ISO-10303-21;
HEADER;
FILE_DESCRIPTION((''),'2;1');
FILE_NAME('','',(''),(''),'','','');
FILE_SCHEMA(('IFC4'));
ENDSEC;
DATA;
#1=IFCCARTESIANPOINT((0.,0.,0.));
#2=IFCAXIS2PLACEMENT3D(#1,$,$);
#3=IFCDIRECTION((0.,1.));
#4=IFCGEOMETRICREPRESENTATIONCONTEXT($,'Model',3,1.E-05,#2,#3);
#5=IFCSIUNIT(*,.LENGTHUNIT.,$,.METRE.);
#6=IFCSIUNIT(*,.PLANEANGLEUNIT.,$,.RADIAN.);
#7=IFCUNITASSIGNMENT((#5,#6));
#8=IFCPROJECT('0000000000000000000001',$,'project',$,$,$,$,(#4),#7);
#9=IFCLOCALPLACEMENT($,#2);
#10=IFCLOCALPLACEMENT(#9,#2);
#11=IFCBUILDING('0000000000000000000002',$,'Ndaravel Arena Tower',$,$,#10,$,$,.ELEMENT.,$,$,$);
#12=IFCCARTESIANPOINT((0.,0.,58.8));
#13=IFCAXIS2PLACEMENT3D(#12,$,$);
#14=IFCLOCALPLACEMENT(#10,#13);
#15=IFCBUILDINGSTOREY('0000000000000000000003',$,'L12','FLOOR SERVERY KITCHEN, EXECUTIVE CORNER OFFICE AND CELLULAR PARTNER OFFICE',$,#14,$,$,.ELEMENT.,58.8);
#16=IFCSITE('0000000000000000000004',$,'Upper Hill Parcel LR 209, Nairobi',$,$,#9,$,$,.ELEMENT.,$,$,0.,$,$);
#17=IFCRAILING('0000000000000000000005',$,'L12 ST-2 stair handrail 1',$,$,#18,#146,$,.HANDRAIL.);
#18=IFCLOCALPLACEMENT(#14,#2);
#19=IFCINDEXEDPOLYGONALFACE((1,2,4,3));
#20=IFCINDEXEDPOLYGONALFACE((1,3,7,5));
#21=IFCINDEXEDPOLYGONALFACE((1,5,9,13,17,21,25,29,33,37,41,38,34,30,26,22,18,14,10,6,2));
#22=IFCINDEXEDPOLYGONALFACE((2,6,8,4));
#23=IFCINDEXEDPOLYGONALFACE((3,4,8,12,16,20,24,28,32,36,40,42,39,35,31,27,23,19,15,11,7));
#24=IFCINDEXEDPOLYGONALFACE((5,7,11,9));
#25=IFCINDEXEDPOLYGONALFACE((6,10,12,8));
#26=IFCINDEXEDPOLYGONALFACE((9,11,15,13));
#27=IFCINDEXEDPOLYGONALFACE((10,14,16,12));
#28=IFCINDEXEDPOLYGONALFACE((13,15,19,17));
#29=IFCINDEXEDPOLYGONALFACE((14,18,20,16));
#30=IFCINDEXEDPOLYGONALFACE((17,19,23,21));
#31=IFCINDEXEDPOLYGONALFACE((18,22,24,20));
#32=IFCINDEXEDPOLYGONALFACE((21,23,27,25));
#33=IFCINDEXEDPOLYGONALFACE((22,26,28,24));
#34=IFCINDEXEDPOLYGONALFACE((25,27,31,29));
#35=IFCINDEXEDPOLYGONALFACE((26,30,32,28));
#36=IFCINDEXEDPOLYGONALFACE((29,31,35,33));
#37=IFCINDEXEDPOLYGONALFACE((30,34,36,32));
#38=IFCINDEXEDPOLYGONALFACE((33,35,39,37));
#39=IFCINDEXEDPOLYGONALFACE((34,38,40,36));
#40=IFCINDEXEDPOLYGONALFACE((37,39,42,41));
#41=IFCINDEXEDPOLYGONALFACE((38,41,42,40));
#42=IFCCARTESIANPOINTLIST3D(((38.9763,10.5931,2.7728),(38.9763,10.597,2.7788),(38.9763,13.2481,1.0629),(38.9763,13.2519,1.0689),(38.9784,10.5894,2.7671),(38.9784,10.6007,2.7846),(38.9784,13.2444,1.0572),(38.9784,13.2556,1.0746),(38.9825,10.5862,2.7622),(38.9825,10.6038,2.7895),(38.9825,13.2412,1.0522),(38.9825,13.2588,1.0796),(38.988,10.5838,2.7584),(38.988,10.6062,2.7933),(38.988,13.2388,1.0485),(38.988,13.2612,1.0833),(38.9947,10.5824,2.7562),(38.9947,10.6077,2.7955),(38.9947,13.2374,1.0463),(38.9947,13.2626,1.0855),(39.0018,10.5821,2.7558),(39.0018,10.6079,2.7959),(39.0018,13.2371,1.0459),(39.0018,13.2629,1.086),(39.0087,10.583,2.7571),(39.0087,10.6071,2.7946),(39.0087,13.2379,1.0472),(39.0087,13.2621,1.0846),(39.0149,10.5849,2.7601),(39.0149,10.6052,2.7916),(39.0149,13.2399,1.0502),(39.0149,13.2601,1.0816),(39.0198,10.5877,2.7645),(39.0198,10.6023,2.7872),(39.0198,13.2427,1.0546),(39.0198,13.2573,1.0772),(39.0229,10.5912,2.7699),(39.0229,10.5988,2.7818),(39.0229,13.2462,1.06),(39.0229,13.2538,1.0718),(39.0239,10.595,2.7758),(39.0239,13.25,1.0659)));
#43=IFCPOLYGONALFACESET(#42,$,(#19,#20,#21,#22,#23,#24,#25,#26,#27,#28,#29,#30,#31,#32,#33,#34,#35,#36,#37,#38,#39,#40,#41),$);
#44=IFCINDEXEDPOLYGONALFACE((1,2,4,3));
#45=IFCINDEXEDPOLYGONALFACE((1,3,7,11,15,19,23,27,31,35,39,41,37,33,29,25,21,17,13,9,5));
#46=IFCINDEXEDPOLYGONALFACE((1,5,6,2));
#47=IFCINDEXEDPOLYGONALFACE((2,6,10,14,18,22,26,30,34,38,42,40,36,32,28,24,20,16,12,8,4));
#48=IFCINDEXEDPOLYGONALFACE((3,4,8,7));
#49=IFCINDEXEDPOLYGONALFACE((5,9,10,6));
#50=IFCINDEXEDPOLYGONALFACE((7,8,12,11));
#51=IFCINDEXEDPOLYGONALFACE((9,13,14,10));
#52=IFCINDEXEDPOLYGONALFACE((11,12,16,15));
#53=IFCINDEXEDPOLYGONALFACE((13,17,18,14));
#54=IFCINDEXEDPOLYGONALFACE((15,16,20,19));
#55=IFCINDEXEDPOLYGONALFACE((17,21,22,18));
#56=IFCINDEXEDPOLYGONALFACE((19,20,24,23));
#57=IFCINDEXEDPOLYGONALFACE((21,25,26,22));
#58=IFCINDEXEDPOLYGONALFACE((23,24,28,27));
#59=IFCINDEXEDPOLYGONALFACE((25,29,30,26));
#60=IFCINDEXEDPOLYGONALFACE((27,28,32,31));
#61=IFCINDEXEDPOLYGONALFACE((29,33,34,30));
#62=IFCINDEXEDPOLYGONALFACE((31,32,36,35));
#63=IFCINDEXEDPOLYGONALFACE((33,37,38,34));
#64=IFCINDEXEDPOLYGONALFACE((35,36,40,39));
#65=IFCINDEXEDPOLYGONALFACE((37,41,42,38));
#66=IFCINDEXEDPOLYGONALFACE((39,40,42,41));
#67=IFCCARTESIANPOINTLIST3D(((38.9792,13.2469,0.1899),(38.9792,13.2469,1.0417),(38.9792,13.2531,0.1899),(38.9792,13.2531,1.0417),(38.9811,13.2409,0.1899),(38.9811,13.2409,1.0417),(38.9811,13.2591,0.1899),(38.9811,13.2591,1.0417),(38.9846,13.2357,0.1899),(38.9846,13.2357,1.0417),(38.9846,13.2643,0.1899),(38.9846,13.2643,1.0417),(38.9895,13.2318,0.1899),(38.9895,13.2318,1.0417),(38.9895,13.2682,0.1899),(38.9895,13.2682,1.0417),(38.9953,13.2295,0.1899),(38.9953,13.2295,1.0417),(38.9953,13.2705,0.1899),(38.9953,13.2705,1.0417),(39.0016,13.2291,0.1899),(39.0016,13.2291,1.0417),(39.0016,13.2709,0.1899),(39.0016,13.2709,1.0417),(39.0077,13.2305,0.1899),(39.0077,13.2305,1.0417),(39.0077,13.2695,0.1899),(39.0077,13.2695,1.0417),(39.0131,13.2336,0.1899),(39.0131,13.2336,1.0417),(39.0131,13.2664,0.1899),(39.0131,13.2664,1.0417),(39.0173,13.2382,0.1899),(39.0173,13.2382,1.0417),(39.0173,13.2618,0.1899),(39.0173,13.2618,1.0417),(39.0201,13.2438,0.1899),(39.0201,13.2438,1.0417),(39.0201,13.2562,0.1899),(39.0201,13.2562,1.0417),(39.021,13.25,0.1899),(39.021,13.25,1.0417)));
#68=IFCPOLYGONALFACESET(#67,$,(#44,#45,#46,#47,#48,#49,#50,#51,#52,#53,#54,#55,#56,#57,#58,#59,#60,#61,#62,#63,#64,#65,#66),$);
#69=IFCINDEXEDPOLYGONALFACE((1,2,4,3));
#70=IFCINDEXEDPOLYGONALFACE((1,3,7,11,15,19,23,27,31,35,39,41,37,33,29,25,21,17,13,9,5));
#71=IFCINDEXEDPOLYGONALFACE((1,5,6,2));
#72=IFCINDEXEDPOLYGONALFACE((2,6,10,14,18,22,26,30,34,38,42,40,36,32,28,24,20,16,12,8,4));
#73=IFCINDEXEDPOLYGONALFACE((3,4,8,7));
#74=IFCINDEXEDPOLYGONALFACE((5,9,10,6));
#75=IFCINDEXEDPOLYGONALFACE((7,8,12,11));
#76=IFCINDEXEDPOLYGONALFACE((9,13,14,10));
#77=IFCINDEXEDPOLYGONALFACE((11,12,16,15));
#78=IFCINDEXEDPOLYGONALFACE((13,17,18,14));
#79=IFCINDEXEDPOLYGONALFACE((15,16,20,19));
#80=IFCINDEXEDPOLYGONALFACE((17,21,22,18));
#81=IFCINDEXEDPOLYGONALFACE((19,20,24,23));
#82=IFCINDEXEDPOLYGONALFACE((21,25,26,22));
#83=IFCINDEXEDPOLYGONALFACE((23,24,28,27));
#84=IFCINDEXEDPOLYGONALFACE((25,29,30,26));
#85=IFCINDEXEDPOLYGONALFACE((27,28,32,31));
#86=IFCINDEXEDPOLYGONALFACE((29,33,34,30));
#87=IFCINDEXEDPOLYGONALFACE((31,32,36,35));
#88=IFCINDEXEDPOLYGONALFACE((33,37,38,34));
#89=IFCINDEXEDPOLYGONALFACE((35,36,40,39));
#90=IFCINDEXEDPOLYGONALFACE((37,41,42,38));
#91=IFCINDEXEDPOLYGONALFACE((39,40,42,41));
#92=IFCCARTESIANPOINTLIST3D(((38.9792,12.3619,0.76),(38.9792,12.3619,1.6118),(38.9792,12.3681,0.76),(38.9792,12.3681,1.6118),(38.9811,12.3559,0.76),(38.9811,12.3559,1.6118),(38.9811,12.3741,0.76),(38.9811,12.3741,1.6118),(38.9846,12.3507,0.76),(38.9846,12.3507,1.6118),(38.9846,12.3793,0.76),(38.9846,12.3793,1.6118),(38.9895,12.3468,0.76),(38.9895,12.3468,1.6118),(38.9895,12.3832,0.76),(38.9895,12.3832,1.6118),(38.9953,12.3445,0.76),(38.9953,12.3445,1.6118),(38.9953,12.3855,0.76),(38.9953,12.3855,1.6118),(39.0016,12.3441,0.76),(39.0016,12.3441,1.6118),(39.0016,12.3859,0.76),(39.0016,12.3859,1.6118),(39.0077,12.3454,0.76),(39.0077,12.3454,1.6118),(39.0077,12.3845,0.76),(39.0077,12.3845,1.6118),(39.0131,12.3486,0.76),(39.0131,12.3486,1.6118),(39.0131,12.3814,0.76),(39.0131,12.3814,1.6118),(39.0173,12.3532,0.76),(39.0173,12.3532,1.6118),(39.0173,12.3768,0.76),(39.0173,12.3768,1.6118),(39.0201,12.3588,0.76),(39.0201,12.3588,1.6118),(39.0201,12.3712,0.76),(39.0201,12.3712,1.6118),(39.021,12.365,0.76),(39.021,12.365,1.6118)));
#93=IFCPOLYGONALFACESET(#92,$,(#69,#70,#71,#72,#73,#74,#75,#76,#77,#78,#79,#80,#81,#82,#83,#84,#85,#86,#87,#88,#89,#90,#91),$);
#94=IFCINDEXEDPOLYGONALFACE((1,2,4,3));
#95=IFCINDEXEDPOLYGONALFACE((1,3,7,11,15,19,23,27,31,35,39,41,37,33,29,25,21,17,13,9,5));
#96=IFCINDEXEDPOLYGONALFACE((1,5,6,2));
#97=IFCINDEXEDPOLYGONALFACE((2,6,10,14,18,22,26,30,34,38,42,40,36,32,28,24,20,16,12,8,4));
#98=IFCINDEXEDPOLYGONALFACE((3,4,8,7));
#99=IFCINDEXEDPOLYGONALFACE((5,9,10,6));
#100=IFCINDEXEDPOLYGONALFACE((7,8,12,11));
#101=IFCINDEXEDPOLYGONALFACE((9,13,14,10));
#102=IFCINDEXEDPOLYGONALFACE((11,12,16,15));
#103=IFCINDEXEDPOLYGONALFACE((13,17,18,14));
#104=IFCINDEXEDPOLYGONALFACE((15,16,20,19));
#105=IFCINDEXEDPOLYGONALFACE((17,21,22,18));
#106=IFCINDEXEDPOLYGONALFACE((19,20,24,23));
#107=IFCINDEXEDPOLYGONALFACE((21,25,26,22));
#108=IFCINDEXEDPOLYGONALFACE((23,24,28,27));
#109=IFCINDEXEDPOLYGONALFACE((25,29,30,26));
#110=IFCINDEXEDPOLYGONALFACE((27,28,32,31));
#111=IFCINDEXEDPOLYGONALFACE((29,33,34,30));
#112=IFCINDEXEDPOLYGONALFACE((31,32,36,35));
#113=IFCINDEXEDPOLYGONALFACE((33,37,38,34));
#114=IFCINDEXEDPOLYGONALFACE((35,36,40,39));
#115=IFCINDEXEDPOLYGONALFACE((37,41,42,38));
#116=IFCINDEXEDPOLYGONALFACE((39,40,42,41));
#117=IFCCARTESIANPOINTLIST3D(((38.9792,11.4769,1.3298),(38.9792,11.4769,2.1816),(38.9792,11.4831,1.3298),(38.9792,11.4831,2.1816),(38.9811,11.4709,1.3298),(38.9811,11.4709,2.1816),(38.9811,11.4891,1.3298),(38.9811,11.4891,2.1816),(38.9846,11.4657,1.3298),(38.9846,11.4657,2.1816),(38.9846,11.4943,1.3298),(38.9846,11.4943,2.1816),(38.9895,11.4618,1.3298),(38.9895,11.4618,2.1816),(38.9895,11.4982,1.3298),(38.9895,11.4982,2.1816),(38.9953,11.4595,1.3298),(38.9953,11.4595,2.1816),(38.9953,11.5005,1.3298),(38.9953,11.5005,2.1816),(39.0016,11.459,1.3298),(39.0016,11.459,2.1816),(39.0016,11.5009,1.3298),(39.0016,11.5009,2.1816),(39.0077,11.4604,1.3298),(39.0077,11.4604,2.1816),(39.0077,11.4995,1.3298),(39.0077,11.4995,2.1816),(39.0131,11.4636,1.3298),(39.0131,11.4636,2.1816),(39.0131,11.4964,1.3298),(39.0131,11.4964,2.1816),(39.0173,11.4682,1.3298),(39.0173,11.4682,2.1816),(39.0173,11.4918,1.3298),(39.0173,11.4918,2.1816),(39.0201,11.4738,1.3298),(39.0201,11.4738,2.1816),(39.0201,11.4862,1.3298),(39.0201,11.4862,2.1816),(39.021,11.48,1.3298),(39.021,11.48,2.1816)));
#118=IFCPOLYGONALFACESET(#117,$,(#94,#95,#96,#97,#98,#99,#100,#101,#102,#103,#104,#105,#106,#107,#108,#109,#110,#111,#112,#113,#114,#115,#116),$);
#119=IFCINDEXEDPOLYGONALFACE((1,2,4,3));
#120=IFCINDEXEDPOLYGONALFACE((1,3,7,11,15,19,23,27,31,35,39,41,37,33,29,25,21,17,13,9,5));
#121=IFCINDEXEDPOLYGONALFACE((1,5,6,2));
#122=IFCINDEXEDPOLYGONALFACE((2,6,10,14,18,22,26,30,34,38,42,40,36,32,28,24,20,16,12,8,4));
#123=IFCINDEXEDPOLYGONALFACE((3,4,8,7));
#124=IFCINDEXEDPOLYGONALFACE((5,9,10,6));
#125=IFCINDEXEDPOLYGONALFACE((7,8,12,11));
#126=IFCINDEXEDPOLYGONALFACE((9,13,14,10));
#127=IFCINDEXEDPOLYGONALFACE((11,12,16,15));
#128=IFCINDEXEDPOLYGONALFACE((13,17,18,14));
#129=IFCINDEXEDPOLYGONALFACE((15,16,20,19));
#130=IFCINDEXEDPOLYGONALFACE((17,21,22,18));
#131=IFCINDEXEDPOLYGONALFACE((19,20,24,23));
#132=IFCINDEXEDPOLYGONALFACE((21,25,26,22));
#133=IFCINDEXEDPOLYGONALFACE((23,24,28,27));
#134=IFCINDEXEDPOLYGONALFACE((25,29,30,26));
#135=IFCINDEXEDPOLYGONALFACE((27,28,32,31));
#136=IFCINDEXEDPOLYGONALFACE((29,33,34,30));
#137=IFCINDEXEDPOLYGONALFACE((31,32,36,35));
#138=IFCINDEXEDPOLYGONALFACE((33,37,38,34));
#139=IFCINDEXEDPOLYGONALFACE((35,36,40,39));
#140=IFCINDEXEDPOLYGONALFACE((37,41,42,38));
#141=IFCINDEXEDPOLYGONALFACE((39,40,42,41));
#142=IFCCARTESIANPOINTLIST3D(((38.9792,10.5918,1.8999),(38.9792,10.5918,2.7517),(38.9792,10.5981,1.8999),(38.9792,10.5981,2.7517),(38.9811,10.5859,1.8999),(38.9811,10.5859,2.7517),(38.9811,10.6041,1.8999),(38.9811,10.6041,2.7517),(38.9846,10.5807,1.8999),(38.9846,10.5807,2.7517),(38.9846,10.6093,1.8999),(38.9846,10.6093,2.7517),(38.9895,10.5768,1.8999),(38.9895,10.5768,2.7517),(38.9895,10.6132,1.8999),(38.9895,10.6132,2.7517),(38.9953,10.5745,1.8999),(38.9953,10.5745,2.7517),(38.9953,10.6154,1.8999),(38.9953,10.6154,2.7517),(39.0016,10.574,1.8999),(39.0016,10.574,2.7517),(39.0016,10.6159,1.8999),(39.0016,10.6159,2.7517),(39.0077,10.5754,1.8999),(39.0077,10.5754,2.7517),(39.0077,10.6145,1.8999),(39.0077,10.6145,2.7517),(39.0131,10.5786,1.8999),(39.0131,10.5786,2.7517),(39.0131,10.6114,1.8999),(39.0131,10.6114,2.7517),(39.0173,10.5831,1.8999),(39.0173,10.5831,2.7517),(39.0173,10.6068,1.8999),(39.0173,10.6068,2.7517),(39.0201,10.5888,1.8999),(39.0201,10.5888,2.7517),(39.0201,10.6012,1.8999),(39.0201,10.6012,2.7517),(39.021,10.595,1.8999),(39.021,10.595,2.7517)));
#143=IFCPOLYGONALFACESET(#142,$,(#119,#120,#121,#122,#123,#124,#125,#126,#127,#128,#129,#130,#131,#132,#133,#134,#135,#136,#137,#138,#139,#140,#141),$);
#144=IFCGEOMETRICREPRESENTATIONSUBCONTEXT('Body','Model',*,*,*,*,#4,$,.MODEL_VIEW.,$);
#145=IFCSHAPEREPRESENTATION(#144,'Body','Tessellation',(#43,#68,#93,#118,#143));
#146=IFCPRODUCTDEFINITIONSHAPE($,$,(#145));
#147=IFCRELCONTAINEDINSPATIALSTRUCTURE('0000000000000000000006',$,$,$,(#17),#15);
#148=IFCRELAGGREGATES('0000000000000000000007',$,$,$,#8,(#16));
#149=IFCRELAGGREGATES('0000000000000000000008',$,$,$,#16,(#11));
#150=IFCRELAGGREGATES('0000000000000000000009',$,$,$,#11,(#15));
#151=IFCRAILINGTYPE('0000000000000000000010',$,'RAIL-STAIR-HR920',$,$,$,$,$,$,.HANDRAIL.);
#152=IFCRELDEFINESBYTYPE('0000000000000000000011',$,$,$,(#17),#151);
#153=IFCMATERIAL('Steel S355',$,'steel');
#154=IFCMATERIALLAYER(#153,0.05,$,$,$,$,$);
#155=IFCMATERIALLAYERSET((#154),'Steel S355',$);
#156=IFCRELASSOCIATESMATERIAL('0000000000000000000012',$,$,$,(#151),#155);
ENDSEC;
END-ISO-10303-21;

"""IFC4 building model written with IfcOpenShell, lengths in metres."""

from ifc_helpers import new_model, si_unit, direction, frame, origin, origin_2d, place, context, subcontext, project, spatial, circle, extrude, material, layer, layer_set, type_object, element, save


model = new_model("IFC4")

# Units and contexts
model_context = context("Model", 3, precision=1e-05, world=origin(), true_north=direction((0.0, 1.0)))
body_context = subcontext(model_context, "Body", "Model", "MODEL_VIEW")
ifc_project = project(units=[si_unit("LENGTHUNIT", "METRE"), si_unit("PLANEANGLEUNIT", "RADIAN")], contexts=[model_context])

# Site, building, storey
site_placement = place(None, origin())
site = spatial("IfcSite", under=ifc_project, at=site_placement, Name="Upper Hill Parcel LR 209, Nairobi", CompositionType="ELEMENT", RefElevation=0.0)
building_placement = place(site_placement, origin())
building = spatial("IfcBuilding", under=site, at=building_placement, Name="Ndaravel Arena Tower", CompositionType="ELEMENT")
storey_placement = place(building_placement, frame((0.0, 0.0, 58.8)))
storey = spatial("IfcBuildingStorey", under=building, at=storey_placement, Name="L12", Description="FLOOR SERVERY KITCHEN, EXECUTIVE CORNER OFFICE AND CELLULAR PARTNER OFFICE", CompositionType="ELEMENT", Elevation=58.8)

# Railing
ifc_material_1 = material(Name="Steel S355", Category="steel")
ifc_layer_1 = layer(ifc_material_1, 0.05)
ifc_layer_set_1 = layer_set([ifc_layer_1], Name="Steel S355")
railing_type_1 = type_object("IfcRailingType", Name="RAIL-STAIR-HR920", PredefinedType="HANDRAIL", material=ifc_layer_set_1)
railing_1_placement = place(storey_placement, frame((39.0, 13.25, 0.1899)))
element("IfcRailing", 1, at=railing_1_placement, inside=storey, type_object=railing_type_1, Name="L12 ST-2 stair handrail 1", PredefinedType="HANDRAIL", context=body_context, shape_type="SweptSolid", body=[
    extrude(circle(Radius=0.0239, at=origin_2d()), frame((0.0, 0.0, 0.876), z_axis=(0.0, -0.840724, 0.541465), x_axis=(1.0, 0.0, 0.0)), (0.0, 0.0, 1.0), 3.158),
    extrude(circle(Radius=0.021, at=origin_2d()), origin(), (0.0, 0.0, 1.0), 0.8518),
    extrude(circle(Radius=0.021, at=origin_2d()), frame((0.0, -0.885, 0.5701)), (0.0, 0.0, 1.0), 0.8518),
    extrude(circle(Radius=0.021, at=origin_2d()), frame((0.0, -1.77, 1.1399)), (0.0, 0.0, 1.0), 0.8518),
    extrude(circle(Radius=0.021, at=origin_2d()), frame((0.0, -2.655, 1.71)), (0.0, 0.0, 1.0), 0.8518),
])

save(model, "model.ifc")
